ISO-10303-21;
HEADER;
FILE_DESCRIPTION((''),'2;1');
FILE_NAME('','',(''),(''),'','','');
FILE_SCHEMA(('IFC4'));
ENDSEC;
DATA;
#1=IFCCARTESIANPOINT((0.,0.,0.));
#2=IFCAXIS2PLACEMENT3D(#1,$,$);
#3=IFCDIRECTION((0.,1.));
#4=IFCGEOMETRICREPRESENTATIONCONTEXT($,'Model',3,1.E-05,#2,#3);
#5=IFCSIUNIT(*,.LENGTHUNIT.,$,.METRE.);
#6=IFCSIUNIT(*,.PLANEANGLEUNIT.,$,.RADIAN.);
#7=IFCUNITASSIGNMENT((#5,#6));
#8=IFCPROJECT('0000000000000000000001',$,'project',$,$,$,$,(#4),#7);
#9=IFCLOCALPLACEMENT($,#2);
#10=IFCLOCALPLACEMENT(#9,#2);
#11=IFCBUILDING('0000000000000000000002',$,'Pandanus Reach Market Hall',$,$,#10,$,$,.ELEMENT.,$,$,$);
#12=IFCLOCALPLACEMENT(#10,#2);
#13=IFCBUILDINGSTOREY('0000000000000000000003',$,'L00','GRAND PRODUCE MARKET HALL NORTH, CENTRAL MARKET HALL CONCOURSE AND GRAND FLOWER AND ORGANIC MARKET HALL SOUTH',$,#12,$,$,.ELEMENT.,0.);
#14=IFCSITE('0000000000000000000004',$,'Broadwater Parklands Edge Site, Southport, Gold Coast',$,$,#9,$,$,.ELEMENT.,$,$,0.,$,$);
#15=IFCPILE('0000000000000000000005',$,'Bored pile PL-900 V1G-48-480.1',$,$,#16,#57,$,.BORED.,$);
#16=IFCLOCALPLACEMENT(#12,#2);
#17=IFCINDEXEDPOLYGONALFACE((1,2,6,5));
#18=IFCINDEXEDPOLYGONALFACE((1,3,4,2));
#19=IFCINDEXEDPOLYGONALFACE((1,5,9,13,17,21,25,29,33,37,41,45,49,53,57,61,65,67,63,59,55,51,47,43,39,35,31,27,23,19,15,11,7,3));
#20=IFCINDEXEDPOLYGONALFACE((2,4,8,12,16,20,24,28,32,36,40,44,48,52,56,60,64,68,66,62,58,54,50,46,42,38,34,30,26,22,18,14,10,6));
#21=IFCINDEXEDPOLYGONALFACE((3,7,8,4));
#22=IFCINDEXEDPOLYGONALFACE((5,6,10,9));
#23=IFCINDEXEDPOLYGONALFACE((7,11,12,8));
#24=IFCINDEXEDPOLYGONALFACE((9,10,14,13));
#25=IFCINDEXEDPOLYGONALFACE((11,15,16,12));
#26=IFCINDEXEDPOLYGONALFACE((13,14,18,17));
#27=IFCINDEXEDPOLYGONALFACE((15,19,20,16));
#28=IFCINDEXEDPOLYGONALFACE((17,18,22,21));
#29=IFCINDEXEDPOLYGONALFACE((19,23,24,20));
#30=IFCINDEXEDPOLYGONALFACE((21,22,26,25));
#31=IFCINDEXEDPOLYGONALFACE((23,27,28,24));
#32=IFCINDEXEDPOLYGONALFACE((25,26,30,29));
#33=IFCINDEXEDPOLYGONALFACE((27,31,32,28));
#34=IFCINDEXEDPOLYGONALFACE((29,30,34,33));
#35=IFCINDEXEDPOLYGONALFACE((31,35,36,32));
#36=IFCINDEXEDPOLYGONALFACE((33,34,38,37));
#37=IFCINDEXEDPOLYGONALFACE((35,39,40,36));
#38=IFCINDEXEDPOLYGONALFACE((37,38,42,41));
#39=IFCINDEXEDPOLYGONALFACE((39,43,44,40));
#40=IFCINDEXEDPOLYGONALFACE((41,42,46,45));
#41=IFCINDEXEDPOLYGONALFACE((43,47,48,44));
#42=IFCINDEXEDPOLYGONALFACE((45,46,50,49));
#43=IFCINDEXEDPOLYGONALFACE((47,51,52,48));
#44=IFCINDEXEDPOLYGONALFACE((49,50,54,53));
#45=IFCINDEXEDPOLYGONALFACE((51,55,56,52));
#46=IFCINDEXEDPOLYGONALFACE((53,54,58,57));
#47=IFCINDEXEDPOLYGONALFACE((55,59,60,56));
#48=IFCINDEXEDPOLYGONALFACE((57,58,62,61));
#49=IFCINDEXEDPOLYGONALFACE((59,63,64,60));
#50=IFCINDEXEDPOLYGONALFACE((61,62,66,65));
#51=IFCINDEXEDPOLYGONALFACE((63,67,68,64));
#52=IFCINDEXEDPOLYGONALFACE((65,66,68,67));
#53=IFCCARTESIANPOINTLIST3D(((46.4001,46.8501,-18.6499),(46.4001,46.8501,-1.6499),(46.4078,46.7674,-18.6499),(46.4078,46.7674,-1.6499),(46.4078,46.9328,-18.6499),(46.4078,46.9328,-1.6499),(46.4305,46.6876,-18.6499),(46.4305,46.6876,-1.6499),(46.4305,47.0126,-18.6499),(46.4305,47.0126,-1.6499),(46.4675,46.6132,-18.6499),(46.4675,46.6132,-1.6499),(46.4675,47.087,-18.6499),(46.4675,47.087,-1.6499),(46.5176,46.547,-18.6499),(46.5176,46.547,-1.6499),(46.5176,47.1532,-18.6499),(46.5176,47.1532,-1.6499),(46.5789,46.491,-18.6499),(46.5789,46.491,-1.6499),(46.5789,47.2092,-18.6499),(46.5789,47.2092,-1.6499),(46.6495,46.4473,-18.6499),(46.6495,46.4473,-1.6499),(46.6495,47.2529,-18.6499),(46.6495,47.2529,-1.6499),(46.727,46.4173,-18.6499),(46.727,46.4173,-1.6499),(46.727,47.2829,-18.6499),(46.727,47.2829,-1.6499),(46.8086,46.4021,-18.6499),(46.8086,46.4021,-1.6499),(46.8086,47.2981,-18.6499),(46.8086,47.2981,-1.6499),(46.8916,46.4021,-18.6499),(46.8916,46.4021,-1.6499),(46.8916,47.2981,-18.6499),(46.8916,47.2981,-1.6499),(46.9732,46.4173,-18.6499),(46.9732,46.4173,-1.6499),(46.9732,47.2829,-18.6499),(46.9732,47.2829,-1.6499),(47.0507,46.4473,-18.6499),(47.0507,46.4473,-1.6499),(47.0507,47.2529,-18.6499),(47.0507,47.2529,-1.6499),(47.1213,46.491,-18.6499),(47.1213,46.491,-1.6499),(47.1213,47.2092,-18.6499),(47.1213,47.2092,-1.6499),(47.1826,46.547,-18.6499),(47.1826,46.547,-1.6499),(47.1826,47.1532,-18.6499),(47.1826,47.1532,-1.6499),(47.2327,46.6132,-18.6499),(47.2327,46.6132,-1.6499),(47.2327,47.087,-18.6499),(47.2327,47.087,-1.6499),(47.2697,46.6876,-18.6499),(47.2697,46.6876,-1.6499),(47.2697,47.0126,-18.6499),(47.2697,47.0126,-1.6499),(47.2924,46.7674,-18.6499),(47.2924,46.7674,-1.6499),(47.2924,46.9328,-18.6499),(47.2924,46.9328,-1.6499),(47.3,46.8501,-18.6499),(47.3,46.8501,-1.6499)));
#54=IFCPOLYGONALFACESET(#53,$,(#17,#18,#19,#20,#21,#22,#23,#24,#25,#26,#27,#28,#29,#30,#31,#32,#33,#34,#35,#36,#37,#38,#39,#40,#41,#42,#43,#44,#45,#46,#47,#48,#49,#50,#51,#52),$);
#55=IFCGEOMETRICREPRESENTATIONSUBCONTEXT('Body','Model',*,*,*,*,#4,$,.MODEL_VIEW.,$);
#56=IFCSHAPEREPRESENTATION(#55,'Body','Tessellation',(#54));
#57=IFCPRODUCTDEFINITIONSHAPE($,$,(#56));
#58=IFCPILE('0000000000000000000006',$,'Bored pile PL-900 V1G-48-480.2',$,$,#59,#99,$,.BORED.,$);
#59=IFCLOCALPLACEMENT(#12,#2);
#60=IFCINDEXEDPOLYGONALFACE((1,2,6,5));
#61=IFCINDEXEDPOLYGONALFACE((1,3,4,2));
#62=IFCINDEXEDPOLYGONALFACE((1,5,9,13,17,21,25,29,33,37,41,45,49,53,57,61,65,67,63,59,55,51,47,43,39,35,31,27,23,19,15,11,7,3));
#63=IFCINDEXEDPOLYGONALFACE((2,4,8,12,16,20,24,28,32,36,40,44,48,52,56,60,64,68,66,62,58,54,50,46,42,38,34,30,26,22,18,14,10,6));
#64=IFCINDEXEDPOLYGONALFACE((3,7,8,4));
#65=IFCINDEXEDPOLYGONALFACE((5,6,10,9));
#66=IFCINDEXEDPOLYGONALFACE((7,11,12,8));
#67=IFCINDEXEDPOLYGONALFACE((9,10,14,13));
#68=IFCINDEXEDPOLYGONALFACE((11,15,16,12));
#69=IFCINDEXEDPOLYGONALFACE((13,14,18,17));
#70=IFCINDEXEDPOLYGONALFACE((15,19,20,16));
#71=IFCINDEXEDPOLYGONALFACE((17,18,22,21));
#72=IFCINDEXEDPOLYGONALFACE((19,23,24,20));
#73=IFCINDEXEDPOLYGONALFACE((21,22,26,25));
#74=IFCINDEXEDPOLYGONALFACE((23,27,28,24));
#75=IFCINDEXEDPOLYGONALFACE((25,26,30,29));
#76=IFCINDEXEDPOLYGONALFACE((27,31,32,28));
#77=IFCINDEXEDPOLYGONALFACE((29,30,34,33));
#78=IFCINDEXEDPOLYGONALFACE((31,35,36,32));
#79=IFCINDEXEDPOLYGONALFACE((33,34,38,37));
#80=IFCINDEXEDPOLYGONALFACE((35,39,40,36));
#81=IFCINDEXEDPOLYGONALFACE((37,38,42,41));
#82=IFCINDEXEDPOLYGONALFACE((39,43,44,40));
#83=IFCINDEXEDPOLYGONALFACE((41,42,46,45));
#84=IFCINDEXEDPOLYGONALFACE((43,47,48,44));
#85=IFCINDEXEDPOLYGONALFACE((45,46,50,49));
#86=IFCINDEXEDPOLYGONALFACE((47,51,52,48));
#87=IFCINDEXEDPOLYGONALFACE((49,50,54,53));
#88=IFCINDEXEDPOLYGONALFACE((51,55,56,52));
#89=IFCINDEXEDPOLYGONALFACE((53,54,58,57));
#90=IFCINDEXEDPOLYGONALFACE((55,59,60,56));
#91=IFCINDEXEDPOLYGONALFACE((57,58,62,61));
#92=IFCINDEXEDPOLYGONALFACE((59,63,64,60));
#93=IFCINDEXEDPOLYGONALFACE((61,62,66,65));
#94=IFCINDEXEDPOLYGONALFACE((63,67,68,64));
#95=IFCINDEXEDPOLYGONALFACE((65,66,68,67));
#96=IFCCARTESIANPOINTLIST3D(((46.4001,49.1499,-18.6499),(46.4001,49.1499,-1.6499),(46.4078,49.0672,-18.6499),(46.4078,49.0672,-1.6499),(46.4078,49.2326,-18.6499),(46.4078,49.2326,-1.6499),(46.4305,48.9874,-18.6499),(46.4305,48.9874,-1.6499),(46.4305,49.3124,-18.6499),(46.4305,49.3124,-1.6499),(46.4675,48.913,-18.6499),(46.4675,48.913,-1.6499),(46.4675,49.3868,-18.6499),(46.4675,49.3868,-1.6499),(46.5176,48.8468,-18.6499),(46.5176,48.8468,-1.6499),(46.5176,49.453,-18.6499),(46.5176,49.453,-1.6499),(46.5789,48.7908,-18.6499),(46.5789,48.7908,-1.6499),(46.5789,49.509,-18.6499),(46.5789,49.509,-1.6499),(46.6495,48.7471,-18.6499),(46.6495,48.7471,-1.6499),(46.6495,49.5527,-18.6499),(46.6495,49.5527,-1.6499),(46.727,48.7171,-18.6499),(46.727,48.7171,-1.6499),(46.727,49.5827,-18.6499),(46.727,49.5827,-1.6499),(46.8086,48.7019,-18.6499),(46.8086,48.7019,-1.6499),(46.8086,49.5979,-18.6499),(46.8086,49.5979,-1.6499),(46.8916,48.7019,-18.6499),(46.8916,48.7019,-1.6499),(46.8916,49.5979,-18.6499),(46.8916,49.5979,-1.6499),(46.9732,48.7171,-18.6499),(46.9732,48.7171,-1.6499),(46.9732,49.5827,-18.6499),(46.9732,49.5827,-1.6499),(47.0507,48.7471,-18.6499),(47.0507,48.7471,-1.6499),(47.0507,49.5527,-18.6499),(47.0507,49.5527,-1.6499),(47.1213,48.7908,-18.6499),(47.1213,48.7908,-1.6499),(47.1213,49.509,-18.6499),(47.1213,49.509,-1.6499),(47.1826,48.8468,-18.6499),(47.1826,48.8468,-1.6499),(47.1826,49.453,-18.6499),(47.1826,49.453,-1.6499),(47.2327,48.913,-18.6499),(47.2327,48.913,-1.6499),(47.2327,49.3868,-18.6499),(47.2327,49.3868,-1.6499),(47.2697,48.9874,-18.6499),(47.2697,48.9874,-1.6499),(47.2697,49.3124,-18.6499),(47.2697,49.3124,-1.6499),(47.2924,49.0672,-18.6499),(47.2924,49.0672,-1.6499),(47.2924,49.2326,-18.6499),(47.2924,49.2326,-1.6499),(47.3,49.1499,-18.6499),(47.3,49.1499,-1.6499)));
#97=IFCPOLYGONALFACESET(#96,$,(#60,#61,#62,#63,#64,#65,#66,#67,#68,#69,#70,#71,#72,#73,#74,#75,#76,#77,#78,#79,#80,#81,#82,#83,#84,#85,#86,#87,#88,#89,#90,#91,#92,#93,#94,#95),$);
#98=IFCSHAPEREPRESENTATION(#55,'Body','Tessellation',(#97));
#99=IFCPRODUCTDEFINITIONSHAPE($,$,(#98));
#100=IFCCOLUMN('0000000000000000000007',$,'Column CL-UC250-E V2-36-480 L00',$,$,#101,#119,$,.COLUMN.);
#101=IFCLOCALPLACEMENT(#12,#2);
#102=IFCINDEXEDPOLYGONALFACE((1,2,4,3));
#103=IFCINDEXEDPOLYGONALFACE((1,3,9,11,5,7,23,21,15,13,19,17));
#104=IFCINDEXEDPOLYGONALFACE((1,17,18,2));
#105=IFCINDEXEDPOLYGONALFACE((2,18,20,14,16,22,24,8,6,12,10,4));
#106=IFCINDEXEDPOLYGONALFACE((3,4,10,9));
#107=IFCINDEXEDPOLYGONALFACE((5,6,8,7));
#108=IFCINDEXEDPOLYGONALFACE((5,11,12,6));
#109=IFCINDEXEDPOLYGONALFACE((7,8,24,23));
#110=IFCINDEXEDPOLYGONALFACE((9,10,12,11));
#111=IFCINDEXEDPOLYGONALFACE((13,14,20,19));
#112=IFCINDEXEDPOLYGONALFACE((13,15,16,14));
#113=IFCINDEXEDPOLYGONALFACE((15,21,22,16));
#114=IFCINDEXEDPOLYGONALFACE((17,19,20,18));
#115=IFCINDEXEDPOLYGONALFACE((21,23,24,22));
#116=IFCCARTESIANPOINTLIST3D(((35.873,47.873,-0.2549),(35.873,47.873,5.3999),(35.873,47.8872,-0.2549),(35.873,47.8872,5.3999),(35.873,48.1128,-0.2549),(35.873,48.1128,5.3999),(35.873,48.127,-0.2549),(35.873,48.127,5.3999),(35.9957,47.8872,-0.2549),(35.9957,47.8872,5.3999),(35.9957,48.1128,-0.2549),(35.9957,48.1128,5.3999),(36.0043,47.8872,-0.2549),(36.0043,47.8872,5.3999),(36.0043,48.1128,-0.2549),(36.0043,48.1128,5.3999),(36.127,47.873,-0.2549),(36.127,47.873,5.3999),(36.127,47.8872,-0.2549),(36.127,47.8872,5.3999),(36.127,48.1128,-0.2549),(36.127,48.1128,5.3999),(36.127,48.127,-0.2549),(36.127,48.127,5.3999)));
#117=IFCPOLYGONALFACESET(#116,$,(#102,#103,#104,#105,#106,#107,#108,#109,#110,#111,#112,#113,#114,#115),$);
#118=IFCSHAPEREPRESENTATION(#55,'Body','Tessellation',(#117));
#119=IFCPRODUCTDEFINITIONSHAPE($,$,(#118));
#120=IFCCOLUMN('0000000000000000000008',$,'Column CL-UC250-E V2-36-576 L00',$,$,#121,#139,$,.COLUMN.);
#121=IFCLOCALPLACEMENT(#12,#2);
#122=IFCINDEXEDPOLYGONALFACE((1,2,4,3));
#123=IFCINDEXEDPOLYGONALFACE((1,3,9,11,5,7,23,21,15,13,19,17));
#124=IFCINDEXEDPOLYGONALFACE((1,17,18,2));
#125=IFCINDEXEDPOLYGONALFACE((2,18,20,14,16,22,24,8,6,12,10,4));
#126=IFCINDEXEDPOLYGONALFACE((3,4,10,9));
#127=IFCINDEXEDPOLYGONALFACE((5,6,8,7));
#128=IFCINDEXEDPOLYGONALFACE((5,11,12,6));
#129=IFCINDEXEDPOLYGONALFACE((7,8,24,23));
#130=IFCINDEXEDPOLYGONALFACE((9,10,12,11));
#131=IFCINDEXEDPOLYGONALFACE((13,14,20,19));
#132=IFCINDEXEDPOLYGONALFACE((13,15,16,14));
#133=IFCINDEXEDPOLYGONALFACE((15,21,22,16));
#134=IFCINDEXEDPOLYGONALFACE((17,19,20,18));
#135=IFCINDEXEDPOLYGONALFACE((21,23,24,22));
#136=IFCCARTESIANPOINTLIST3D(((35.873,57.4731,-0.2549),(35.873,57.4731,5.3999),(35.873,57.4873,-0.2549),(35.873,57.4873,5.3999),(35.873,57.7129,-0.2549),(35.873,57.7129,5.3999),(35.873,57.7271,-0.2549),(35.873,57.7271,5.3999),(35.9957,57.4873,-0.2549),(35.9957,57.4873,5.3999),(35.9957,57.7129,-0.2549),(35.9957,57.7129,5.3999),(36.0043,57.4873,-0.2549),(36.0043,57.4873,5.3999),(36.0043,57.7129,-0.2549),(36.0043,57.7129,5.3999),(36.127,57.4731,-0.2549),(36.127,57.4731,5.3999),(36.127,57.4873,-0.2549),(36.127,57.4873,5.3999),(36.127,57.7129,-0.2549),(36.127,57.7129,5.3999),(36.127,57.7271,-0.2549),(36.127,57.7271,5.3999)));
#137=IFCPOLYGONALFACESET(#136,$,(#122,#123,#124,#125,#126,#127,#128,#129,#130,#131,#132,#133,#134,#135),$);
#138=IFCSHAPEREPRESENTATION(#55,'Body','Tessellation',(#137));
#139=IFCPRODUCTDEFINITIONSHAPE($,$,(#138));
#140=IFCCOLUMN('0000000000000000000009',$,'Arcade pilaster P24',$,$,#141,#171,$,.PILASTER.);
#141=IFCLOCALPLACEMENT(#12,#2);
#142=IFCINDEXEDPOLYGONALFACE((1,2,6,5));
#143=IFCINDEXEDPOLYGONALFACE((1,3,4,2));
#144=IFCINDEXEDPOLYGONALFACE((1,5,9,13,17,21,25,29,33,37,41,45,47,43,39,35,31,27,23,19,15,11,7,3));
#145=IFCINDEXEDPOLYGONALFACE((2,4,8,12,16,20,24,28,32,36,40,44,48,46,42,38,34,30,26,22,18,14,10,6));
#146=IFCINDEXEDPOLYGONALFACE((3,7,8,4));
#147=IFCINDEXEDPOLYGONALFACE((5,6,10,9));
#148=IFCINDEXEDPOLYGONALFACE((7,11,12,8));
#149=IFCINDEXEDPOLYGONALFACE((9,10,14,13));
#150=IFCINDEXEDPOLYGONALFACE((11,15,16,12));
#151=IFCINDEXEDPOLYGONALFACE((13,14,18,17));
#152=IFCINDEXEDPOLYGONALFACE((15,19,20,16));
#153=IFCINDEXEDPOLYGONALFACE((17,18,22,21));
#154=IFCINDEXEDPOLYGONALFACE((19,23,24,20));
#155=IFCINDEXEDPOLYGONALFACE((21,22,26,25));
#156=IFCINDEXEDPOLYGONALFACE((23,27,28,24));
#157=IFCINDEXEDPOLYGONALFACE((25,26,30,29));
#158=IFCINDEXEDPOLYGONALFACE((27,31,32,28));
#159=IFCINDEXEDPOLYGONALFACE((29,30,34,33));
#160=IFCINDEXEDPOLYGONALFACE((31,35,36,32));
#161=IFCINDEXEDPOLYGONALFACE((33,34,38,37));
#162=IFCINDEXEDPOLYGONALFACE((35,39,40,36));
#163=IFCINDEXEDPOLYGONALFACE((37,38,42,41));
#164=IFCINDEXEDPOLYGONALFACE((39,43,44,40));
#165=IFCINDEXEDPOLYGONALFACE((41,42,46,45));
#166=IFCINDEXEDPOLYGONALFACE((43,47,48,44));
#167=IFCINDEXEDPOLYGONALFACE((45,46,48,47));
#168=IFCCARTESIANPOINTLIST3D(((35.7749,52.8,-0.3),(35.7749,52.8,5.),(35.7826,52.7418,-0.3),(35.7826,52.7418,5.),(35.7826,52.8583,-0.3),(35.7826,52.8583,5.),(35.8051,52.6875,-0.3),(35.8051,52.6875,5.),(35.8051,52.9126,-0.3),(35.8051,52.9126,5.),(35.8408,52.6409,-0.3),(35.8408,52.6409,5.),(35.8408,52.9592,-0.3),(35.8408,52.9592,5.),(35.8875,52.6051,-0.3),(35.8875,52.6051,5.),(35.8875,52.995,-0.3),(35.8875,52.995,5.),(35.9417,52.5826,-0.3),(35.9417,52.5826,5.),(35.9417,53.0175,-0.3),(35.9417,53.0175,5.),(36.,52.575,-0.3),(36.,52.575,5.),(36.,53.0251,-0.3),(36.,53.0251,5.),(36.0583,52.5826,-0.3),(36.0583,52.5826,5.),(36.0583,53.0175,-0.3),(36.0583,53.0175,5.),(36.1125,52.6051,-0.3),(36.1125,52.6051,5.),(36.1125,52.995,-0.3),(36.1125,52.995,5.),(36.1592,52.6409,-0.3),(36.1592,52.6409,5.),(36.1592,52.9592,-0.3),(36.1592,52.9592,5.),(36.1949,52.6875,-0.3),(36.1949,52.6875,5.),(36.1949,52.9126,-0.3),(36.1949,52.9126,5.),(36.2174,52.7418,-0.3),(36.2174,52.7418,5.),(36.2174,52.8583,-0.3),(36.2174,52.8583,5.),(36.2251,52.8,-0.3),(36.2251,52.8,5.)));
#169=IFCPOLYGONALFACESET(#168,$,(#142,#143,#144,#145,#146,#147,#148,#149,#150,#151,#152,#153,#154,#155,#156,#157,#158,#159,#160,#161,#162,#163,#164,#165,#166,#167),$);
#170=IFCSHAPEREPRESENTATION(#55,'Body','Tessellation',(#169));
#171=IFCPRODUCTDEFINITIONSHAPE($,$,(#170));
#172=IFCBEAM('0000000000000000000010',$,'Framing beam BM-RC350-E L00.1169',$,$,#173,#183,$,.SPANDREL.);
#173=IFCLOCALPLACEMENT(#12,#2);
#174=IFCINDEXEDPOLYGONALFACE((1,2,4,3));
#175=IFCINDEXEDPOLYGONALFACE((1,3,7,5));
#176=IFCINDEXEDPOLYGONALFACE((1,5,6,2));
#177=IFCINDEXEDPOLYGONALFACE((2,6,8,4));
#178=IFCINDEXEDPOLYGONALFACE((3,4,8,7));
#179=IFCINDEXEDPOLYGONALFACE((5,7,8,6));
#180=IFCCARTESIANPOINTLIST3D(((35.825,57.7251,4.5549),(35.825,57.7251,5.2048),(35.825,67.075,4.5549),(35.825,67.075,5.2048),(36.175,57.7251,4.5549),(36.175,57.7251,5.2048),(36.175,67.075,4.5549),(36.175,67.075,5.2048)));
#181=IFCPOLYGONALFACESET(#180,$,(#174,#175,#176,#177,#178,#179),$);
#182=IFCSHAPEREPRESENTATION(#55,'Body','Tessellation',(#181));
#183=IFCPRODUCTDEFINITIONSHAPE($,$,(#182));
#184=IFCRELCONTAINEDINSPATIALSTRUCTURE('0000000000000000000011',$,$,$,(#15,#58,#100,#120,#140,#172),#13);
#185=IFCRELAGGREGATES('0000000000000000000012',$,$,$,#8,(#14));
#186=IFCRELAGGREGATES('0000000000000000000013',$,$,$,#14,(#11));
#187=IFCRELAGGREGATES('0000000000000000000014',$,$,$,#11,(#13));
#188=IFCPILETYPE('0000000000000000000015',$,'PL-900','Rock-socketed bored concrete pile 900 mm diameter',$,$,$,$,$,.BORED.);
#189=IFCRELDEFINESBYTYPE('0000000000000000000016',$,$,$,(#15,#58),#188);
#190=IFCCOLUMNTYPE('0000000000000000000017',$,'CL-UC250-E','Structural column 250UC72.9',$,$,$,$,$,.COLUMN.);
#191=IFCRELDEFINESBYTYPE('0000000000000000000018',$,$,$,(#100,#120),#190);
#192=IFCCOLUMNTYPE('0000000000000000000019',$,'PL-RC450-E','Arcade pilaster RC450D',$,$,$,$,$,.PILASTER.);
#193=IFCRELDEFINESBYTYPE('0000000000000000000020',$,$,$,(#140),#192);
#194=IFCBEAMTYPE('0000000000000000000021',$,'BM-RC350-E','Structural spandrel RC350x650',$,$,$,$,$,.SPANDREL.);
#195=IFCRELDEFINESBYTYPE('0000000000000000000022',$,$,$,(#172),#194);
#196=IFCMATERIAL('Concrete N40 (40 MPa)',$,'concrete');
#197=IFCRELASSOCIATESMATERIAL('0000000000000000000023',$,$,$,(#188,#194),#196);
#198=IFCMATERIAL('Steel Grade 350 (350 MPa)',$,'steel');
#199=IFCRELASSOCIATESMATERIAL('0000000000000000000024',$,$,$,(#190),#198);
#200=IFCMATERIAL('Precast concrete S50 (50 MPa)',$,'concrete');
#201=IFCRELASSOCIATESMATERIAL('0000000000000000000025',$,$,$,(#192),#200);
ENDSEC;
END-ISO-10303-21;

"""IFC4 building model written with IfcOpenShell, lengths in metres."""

from ifc_helpers import new_model, si_unit, direction, frame, origin, origin_2d, place, context, subcontext, project, spatial, rectangle, circle, i_section, extrude, material, material_profile, profile_set, type_object, element, save


model = new_model("IFC4")

# Units and contexts
model_context = context("Model", 3, precision=1e-05, world=origin(), true_north=direction((0.0, 1.0)))
body_context = subcontext(model_context, "Body", "Model", "MODEL_VIEW")
ifc_project = project(units=[si_unit("LENGTHUNIT", "METRE"), si_unit("PLANEANGLEUNIT", "RADIAN")], contexts=[model_context])

# Site, building, storey
site_placement = place(None, origin())
site = spatial("IfcSite", under=ifc_project, at=site_placement, Name="Broadwater Parklands Edge Site, Southport, Gold Coast", CompositionType="ELEMENT", RefElevation=0.0)
building_placement = place(site_placement, origin())
building = spatial("IfcBuilding", under=site, at=building_placement, Name="Pandanus Reach Market Hall", CompositionType="ELEMENT")
storey_placement = place(building_placement, origin())
storey = spatial("IfcBuildingStorey", under=building, at=storey_placement, Name="L00", Description="GRAND PRODUCE MARKET HALL NORTH, CENTRAL MARKET HALL CONCOURSE AND GRAND FLOWER AND ORGANIC MARKET HALL SOUTH", CompositionType="ELEMENT", Elevation=0.0)

# Shared definitions
ifc_material_1 = material(Name="Concrete N40 (40 MPa)", Category="concrete")

# Piles
ifc_material_profile_1 = material_profile(ifc_material_1, circle(Radius=0.45, at=origin_2d()), Name="PILE-900D", Category="LoadBearing")
ifc_profile_set_1 = profile_set([ifc_material_profile_1], Name="Concrete N40 (40 MPa)")
pile_type_1 = type_object("IfcPileType", Name="PL-900", Description="Rock-socketed bored concrete pile 900 mm diameter", PredefinedType="BORED", material=ifc_profile_set_1)
for number, where, z_axis, x_axis, name in (
    (1, (46.8501, 46.8501, -1.6499), (0.0, 0.0, -1.0), (1.0, 0.0, 0.0), "Bored pile PL-900 V1G-48-480.1"),
    (2, (46.8501, 49.1499, -1.6499), (0.0, 0.0, -1.0), (1.0, 0.0, 0.0), "Bored pile PL-900 V1G-48-480.2"),
):
    element("IfcPile", number, at=place(storey_placement, frame(where, z_axis=z_axis, x_axis=x_axis)), inside=storey, type_object=pile_type_1, Name=name, PredefinedType="BORED", context=body_context, shape_type="SweptSolid", body=[
        extrude(circle(Radius=0.45, at=origin_2d()), origin(), (0.0, 0.0, 1.0), 17.0),
    ])

# Columns
ifc_material_2 = material(Name="Steel Grade 350 (350 MPa)", Category="steel")
ifc_material_profile_2 = material_profile(ifc_material_2, i_section(OverallWidth=0.2539, OverallDepth=0.2539, WebThickness=0.0085, FlangeThickness=0.0142, at=origin_2d()), Name="250UC72.9", Category="LoadBearing")
ifc_profile_set_2 = profile_set([ifc_material_profile_2], Name="Steel Grade 350 (350 MPa)")
column_type_1 = type_object("IfcColumnType", Name="CL-UC250-E", Description="Structural column 250UC72.9", PredefinedType="COLUMN", material=ifc_profile_set_2)
for number, where, z_axis, x_axis, name in (
    (3, (36.0, 48.0, -0.2549), (0.0, 0.0, 1.0), (1.0, 0.0, 0.0), "Column CL-UC250-E V2-36-480 L00"),
    (4, (36.0, 57.6001, -0.2549), (0.0, 0.0, 1.0), (1.0, 0.0, 0.0), "Column CL-UC250-E V2-36-576 L00"),
):
    element("IfcColumn", number, at=place(storey_placement, frame(where, z_axis=z_axis, x_axis=x_axis)), inside=storey, type_object=column_type_1, Name=name, PredefinedType="COLUMN", context=body_context, shape_type="SweptSolid", body=[
        extrude(i_section(OverallWidth=0.2539, OverallDepth=0.2539, WebThickness=0.0085, FlangeThickness=0.0142, at=origin_2d()), origin(), (0.0, 0.0, 1.0), 5.6548),
    ])
ifc_material_3 = material(Name="Precast concrete S50 (50 MPa)", Category="concrete")
ifc_material_profile_3 = material_profile(ifc_material_3, circle(Radius=0.2251, at=origin_2d()), Name="RC450D", Category="LoadBearing")
ifc_profile_set_3 = profile_set([ifc_material_profile_3], Name="Precast concrete S50 (50 MPa)")
column_type_2 = type_object("IfcColumnType", Name="PL-RC450-E", Description="Arcade pilaster RC450D", PredefinedType="PILASTER", material=ifc_profile_set_3)
column_placement = place(storey_placement, frame((36.0, 52.8, -0.3), z_axis=(0.0, 0.0, 1.0), x_axis=(1.0, 0.0, 0.0)))
element("IfcColumn", 5, at=column_placement, inside=storey, type_object=column_type_2, Name="Arcade pilaster P24", PredefinedType="PILASTER", context=body_context, shape_type="SweptSolid", body=[
    extrude(circle(Radius=0.2251, at=origin_2d()), origin(), (0.0, 0.0, 1.0), 5.3),
])

# Beam
ifc_material_profile_4 = material_profile(ifc_material_1, rectangle(XDim=0.3501, YDim=0.6499, at=origin_2d()), Name="RC350x650", Category="LoadBearing")
ifc_profile_set_4 = profile_set([ifc_material_profile_4], Name="Concrete N40 (40 MPa)")
beam_type = type_object("IfcBeamType", Name="BM-RC350-E", Description="Structural spandrel RC350x650", PredefinedType="SPANDREL", material=ifc_profile_set_4)
beam_placement = place(storey_placement, frame((36.0, 57.7251, 4.8799), z_axis=(0.0, 1.0, 0.0), x_axis=(-1.0, 0.0, 0.0)))
element("IfcBeam", 6, at=beam_placement, inside=storey, type_object=beam_type, Name="Framing beam BM-RC350-E L00.1169", PredefinedType="SPANDREL", context=body_context, shape_type="SweptSolid", body=[
    extrude(rectangle(XDim=0.3501, YDim=0.6499, at=origin_2d()), origin(), (0.0, 0.0, 1.0), 9.3499),
])

save(model, "model.ifc")
